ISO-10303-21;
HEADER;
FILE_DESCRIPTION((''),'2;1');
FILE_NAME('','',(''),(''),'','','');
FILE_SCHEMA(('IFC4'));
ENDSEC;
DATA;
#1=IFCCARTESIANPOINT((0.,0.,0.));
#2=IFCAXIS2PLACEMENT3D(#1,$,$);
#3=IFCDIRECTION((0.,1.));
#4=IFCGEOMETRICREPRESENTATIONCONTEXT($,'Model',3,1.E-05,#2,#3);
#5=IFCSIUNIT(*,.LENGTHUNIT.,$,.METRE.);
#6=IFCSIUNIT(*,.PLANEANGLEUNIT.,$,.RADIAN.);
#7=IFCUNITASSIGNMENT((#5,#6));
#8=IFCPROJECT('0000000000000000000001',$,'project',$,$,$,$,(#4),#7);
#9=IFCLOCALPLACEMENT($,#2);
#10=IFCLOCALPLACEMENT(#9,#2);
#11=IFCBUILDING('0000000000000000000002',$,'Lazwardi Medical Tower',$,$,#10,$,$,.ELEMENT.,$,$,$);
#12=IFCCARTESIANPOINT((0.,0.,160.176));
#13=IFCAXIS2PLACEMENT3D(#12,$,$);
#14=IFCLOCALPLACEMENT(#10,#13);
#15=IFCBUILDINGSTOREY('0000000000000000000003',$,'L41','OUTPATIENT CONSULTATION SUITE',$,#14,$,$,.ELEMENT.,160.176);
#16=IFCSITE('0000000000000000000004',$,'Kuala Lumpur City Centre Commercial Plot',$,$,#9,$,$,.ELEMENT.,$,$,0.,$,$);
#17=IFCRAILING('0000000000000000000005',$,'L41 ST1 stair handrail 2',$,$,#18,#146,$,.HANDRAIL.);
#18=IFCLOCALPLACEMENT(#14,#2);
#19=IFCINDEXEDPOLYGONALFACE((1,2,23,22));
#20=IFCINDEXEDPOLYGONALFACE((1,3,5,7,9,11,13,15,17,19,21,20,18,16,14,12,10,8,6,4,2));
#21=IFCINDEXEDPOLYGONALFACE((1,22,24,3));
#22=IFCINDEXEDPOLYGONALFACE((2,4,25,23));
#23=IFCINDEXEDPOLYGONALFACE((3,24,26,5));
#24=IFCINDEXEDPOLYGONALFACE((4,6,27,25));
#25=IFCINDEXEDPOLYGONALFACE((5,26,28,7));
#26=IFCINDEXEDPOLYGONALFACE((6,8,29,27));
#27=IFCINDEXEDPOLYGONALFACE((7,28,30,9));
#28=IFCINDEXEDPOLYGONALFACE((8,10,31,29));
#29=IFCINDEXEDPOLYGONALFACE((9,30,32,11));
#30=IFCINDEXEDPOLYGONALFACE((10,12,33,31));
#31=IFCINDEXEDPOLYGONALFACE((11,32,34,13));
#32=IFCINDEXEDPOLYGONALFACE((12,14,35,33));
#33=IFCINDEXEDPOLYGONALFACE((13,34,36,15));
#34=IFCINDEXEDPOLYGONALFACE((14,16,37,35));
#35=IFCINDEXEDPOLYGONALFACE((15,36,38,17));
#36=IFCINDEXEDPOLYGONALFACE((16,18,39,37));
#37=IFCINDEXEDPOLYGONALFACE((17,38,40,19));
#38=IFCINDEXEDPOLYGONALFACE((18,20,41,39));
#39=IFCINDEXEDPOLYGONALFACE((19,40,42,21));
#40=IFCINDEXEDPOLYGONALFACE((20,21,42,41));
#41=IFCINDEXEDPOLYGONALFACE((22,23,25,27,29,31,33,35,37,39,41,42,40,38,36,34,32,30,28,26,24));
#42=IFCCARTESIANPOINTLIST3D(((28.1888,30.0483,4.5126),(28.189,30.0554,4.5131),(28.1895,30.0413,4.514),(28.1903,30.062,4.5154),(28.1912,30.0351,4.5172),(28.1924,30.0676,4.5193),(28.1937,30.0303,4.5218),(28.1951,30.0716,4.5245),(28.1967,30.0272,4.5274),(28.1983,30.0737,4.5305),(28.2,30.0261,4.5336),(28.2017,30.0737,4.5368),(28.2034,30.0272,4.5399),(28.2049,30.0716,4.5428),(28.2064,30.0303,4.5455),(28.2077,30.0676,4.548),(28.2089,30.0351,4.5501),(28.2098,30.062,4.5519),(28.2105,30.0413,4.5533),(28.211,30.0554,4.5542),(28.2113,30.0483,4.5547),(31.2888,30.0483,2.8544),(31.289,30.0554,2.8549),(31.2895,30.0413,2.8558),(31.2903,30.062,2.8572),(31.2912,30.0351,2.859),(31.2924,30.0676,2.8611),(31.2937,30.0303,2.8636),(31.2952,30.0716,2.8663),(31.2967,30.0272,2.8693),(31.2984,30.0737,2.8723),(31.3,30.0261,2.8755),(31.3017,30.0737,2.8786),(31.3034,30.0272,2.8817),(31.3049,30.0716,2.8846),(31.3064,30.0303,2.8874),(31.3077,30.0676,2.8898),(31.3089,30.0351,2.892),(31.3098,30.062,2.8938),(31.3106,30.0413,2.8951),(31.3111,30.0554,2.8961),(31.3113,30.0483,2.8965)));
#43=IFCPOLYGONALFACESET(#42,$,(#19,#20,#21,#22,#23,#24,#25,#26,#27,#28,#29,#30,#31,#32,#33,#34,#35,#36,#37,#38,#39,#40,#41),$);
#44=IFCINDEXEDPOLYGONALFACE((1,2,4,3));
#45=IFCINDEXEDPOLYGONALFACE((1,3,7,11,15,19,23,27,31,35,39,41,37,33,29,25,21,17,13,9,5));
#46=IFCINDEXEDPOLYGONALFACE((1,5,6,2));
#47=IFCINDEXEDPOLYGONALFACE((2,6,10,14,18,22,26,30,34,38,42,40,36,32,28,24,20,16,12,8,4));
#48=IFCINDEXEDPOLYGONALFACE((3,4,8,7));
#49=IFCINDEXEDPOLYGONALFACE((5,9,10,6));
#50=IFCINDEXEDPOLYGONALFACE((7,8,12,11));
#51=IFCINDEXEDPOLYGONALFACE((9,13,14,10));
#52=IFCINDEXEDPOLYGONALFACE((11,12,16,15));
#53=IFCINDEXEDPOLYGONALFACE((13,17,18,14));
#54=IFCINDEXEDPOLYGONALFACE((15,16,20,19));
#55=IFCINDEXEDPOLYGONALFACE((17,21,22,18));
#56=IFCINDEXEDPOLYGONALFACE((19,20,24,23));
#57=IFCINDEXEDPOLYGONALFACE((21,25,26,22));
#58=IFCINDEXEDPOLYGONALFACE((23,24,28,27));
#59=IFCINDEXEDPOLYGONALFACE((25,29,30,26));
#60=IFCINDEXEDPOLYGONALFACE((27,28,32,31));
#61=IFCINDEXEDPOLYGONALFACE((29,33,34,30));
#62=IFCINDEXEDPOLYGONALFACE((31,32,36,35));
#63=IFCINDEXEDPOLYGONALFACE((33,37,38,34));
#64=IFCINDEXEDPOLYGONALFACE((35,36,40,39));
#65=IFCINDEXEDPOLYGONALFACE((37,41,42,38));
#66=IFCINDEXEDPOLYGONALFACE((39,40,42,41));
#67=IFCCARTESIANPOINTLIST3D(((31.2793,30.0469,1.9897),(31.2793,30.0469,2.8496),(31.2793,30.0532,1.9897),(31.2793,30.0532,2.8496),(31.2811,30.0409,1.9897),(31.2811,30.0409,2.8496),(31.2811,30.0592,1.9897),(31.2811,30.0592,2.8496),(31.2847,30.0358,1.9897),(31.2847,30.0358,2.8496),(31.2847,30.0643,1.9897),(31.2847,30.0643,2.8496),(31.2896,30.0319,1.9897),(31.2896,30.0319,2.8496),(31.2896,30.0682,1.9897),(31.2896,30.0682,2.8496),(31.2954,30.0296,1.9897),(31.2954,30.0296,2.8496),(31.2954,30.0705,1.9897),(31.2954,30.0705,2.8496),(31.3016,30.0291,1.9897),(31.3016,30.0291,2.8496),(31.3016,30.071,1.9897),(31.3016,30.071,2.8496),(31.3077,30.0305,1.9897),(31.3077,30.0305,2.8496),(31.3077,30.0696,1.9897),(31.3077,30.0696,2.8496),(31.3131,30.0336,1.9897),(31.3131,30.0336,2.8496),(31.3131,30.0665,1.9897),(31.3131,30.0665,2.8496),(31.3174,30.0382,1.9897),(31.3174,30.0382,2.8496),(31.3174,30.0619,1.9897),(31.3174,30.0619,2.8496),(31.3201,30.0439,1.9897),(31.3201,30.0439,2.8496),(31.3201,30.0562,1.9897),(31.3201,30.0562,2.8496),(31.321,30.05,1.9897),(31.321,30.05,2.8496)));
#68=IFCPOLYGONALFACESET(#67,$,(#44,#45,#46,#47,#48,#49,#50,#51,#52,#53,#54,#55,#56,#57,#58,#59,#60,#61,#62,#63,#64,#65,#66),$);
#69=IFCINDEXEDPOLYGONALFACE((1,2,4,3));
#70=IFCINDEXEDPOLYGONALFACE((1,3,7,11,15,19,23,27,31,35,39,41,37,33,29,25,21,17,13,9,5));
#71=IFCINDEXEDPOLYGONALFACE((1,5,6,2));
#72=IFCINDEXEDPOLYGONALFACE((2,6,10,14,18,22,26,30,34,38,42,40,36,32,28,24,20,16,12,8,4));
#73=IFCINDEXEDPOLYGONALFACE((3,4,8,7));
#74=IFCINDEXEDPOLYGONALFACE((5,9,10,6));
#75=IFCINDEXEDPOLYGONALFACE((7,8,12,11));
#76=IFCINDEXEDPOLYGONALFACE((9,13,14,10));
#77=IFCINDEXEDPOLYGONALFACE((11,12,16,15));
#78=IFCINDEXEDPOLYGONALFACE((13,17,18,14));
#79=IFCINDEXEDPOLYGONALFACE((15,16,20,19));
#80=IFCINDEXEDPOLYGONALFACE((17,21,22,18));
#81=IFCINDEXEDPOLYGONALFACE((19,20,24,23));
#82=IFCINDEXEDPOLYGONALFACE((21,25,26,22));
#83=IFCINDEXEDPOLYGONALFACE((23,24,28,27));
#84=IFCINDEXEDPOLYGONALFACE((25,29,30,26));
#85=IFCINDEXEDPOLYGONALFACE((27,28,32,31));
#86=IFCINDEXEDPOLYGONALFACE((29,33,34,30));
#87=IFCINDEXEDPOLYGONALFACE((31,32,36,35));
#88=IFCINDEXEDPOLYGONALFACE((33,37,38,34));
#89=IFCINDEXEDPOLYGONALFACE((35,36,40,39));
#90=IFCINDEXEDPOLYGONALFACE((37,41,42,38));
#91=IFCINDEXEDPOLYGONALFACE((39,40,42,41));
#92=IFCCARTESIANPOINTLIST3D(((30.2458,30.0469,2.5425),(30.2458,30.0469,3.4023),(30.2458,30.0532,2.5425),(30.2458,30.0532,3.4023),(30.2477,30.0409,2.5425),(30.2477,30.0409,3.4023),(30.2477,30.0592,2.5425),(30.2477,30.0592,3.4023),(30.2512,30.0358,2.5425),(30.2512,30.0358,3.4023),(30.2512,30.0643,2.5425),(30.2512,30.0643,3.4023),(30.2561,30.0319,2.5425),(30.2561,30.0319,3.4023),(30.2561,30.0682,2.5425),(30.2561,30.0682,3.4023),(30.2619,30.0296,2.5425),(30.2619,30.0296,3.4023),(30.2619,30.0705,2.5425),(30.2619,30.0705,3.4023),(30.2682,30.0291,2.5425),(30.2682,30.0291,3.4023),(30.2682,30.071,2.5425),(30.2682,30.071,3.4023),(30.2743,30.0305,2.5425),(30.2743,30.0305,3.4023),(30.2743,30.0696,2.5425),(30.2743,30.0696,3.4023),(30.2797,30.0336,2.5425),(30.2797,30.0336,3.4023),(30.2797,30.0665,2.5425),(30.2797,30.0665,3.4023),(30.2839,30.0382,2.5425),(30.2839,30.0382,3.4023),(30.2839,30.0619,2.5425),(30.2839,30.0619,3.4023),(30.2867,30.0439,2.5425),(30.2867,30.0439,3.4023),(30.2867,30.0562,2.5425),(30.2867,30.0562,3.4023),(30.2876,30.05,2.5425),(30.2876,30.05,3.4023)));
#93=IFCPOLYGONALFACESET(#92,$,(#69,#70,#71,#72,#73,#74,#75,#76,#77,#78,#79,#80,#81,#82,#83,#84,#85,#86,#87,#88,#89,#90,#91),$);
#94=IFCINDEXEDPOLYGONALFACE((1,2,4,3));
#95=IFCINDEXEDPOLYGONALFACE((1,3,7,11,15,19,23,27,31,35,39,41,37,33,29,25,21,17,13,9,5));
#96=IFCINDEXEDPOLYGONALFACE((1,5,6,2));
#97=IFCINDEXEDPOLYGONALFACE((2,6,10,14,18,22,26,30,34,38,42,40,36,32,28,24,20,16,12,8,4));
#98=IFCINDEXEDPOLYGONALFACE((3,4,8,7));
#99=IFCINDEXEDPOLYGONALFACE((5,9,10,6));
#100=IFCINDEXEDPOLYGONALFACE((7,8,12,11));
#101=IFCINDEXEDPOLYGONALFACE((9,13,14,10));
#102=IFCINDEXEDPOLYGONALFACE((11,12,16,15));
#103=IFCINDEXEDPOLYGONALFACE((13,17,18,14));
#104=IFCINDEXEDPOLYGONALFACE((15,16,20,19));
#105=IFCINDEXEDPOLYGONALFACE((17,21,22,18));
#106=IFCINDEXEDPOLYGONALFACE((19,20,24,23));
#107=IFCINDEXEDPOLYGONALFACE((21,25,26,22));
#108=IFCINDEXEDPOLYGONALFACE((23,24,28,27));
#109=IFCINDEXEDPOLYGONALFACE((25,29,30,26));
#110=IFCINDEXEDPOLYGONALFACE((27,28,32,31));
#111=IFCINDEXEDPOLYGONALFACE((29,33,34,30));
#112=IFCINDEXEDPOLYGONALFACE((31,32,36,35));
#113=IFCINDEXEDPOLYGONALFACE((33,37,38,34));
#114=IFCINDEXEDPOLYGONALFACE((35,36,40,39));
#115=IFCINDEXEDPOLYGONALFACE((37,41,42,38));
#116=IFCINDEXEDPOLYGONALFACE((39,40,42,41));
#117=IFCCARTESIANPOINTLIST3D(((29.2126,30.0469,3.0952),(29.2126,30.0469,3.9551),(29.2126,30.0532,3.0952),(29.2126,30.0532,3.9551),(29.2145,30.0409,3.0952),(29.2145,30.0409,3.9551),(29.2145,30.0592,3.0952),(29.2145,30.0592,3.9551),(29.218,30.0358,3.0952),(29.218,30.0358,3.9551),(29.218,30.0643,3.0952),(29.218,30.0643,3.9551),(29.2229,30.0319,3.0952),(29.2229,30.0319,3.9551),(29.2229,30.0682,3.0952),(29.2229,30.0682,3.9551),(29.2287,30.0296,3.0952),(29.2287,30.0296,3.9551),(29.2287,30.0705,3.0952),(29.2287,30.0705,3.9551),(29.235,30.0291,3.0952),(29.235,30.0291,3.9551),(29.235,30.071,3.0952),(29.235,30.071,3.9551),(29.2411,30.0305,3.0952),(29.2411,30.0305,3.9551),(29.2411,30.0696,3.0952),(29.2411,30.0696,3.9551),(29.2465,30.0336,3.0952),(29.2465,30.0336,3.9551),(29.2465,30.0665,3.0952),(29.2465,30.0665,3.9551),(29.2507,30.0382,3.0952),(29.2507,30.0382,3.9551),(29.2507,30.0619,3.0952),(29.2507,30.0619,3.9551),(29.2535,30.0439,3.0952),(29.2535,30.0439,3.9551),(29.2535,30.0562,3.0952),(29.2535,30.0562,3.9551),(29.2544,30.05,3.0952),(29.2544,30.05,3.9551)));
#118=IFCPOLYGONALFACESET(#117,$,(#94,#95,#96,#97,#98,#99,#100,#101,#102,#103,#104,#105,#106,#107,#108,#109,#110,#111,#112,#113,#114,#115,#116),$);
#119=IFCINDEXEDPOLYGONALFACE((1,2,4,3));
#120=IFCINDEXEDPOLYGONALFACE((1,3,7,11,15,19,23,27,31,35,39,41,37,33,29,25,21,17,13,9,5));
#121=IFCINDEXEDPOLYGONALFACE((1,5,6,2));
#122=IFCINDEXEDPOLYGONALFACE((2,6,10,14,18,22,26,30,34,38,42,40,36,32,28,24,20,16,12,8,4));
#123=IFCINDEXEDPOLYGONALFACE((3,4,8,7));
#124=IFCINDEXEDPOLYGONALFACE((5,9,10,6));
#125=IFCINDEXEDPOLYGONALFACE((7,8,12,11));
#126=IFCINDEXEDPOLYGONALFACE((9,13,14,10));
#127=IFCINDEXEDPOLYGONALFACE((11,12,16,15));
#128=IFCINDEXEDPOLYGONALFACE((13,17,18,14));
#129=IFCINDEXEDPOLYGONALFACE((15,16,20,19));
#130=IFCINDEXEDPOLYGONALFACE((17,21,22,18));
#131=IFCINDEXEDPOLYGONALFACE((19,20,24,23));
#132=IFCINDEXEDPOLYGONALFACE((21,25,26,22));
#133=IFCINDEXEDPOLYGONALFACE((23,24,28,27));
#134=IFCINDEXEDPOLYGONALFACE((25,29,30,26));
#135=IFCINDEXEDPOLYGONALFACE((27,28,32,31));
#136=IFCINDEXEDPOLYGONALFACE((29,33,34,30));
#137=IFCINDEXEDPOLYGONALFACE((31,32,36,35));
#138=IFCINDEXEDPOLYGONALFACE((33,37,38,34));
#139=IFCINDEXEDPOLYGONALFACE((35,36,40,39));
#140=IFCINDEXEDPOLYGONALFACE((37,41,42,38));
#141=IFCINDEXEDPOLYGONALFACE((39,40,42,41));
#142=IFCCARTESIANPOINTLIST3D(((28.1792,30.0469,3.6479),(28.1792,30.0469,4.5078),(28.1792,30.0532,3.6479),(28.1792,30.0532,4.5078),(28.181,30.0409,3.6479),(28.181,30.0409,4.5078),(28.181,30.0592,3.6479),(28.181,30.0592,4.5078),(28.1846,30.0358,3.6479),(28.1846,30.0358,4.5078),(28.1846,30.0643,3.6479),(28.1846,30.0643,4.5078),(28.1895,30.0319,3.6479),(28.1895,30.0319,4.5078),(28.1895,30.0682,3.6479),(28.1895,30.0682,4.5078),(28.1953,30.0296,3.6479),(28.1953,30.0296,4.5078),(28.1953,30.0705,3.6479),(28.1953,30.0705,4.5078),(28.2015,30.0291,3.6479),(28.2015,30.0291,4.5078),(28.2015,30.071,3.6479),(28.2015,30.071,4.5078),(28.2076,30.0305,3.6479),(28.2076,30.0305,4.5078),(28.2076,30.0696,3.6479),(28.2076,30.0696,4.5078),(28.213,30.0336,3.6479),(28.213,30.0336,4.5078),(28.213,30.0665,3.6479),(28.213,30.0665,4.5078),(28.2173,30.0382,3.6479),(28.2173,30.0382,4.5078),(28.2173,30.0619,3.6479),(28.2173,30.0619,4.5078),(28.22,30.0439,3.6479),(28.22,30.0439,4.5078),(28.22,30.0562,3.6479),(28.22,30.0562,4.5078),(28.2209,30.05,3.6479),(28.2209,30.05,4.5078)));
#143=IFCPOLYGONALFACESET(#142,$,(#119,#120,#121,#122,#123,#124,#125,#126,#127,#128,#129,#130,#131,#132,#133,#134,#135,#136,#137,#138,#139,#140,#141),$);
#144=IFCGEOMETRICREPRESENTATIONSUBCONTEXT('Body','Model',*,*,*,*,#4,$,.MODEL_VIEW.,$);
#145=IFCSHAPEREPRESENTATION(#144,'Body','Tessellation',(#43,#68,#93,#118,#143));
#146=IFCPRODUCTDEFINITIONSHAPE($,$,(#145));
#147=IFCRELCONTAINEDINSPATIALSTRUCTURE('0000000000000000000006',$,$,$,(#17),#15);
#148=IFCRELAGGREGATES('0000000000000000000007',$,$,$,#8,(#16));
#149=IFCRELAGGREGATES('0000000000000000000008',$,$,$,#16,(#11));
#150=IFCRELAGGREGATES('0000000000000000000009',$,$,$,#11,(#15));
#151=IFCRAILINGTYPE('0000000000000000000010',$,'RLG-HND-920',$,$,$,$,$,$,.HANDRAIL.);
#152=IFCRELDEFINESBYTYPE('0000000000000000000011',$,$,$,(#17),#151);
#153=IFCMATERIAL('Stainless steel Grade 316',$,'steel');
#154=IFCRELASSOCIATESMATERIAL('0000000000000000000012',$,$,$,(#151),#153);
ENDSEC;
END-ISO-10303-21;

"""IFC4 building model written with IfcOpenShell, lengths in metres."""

from ifc_helpers import new_model, si_unit, direction, frame, origin, origin_2d, place, context, subcontext, project, spatial, circle, extrude, material, type_object, element, save


model = new_model("IFC4")

# Units and contexts
model_context = context("Model", 3, precision=1e-05, world=origin(), true_north=direction((0.0, 1.0)))
body_context = subcontext(model_context, "Body", "Model", "MODEL_VIEW")
ifc_project = project(units=[si_unit("LENGTHUNIT", "METRE"), si_unit("PLANEANGLEUNIT", "RADIAN")], contexts=[model_context])

# Site, building, storey
site_placement = place(None, origin())
site = spatial("IfcSite", under=ifc_project, at=site_placement, Name="Kuala Lumpur City Centre Commercial Plot", CompositionType="ELEMENT", RefElevation=0.0)
building_placement = place(site_placement, origin())
building = spatial("IfcBuilding", under=site, at=building_placement, Name="Lazwardi Medical Tower", CompositionType="ELEMENT")
storey_placement = place(building_placement, frame((0.0, 0.0, 160.176)))
storey = spatial("IfcBuildingStorey", under=building, at=storey_placement, Name="L41", Description="OUTPATIENT CONSULTATION SUITE", CompositionType="ELEMENT", Elevation=160.176)

# Railing
ifc_material_1 = material(Name="Stainless steel Grade 316", Category="steel")
railing_type_1 = type_object("IfcRailingType", Name="RLG-HND-920", PredefinedType="HANDRAIL", material=ifc_material_1)
railing_1_placement = place(storey_placement, frame((31.3, 30.05, 1.9897)))
element("IfcRailing", 1, at=railing_1_placement, inside=storey, type_object=railing_type_1, Name="L41 ST1 stair handrail 2", PredefinedType="HANDRAIL", context=body_context, shape_type="SweptSolid", body=[
    extrude(circle(Radius=0.0239, at=origin_2d()), frame((0.0, 0.0, 0.8857), z_axis=(-0.881783, 0.0, 0.471655), x_axis=(0.0, -1.0, 0.0)), (0.0, 0.0, 1.0), 3.5156),
    extrude(circle(Radius=0.021, at=origin_2d()), origin(), (0.0, 0.0, 1.0), 0.8599),
    extrude(circle(Radius=0.021, at=origin_2d()), frame((-1.0334, 0.0, 0.5527)), (0.0, 0.0, 1.0), 0.8599),
    extrude(circle(Radius=0.021, at=origin_2d()), frame((-2.0667, 0.0, 1.1055)), (0.0, 0.0, 1.0), 0.8599),
    extrude(circle(Radius=0.021, at=origin_2d()), frame((-3.1001, 0.0, 1.6582)), (0.0, 0.0, 1.0), 0.8599),
])

save(model, "model.ifc")
